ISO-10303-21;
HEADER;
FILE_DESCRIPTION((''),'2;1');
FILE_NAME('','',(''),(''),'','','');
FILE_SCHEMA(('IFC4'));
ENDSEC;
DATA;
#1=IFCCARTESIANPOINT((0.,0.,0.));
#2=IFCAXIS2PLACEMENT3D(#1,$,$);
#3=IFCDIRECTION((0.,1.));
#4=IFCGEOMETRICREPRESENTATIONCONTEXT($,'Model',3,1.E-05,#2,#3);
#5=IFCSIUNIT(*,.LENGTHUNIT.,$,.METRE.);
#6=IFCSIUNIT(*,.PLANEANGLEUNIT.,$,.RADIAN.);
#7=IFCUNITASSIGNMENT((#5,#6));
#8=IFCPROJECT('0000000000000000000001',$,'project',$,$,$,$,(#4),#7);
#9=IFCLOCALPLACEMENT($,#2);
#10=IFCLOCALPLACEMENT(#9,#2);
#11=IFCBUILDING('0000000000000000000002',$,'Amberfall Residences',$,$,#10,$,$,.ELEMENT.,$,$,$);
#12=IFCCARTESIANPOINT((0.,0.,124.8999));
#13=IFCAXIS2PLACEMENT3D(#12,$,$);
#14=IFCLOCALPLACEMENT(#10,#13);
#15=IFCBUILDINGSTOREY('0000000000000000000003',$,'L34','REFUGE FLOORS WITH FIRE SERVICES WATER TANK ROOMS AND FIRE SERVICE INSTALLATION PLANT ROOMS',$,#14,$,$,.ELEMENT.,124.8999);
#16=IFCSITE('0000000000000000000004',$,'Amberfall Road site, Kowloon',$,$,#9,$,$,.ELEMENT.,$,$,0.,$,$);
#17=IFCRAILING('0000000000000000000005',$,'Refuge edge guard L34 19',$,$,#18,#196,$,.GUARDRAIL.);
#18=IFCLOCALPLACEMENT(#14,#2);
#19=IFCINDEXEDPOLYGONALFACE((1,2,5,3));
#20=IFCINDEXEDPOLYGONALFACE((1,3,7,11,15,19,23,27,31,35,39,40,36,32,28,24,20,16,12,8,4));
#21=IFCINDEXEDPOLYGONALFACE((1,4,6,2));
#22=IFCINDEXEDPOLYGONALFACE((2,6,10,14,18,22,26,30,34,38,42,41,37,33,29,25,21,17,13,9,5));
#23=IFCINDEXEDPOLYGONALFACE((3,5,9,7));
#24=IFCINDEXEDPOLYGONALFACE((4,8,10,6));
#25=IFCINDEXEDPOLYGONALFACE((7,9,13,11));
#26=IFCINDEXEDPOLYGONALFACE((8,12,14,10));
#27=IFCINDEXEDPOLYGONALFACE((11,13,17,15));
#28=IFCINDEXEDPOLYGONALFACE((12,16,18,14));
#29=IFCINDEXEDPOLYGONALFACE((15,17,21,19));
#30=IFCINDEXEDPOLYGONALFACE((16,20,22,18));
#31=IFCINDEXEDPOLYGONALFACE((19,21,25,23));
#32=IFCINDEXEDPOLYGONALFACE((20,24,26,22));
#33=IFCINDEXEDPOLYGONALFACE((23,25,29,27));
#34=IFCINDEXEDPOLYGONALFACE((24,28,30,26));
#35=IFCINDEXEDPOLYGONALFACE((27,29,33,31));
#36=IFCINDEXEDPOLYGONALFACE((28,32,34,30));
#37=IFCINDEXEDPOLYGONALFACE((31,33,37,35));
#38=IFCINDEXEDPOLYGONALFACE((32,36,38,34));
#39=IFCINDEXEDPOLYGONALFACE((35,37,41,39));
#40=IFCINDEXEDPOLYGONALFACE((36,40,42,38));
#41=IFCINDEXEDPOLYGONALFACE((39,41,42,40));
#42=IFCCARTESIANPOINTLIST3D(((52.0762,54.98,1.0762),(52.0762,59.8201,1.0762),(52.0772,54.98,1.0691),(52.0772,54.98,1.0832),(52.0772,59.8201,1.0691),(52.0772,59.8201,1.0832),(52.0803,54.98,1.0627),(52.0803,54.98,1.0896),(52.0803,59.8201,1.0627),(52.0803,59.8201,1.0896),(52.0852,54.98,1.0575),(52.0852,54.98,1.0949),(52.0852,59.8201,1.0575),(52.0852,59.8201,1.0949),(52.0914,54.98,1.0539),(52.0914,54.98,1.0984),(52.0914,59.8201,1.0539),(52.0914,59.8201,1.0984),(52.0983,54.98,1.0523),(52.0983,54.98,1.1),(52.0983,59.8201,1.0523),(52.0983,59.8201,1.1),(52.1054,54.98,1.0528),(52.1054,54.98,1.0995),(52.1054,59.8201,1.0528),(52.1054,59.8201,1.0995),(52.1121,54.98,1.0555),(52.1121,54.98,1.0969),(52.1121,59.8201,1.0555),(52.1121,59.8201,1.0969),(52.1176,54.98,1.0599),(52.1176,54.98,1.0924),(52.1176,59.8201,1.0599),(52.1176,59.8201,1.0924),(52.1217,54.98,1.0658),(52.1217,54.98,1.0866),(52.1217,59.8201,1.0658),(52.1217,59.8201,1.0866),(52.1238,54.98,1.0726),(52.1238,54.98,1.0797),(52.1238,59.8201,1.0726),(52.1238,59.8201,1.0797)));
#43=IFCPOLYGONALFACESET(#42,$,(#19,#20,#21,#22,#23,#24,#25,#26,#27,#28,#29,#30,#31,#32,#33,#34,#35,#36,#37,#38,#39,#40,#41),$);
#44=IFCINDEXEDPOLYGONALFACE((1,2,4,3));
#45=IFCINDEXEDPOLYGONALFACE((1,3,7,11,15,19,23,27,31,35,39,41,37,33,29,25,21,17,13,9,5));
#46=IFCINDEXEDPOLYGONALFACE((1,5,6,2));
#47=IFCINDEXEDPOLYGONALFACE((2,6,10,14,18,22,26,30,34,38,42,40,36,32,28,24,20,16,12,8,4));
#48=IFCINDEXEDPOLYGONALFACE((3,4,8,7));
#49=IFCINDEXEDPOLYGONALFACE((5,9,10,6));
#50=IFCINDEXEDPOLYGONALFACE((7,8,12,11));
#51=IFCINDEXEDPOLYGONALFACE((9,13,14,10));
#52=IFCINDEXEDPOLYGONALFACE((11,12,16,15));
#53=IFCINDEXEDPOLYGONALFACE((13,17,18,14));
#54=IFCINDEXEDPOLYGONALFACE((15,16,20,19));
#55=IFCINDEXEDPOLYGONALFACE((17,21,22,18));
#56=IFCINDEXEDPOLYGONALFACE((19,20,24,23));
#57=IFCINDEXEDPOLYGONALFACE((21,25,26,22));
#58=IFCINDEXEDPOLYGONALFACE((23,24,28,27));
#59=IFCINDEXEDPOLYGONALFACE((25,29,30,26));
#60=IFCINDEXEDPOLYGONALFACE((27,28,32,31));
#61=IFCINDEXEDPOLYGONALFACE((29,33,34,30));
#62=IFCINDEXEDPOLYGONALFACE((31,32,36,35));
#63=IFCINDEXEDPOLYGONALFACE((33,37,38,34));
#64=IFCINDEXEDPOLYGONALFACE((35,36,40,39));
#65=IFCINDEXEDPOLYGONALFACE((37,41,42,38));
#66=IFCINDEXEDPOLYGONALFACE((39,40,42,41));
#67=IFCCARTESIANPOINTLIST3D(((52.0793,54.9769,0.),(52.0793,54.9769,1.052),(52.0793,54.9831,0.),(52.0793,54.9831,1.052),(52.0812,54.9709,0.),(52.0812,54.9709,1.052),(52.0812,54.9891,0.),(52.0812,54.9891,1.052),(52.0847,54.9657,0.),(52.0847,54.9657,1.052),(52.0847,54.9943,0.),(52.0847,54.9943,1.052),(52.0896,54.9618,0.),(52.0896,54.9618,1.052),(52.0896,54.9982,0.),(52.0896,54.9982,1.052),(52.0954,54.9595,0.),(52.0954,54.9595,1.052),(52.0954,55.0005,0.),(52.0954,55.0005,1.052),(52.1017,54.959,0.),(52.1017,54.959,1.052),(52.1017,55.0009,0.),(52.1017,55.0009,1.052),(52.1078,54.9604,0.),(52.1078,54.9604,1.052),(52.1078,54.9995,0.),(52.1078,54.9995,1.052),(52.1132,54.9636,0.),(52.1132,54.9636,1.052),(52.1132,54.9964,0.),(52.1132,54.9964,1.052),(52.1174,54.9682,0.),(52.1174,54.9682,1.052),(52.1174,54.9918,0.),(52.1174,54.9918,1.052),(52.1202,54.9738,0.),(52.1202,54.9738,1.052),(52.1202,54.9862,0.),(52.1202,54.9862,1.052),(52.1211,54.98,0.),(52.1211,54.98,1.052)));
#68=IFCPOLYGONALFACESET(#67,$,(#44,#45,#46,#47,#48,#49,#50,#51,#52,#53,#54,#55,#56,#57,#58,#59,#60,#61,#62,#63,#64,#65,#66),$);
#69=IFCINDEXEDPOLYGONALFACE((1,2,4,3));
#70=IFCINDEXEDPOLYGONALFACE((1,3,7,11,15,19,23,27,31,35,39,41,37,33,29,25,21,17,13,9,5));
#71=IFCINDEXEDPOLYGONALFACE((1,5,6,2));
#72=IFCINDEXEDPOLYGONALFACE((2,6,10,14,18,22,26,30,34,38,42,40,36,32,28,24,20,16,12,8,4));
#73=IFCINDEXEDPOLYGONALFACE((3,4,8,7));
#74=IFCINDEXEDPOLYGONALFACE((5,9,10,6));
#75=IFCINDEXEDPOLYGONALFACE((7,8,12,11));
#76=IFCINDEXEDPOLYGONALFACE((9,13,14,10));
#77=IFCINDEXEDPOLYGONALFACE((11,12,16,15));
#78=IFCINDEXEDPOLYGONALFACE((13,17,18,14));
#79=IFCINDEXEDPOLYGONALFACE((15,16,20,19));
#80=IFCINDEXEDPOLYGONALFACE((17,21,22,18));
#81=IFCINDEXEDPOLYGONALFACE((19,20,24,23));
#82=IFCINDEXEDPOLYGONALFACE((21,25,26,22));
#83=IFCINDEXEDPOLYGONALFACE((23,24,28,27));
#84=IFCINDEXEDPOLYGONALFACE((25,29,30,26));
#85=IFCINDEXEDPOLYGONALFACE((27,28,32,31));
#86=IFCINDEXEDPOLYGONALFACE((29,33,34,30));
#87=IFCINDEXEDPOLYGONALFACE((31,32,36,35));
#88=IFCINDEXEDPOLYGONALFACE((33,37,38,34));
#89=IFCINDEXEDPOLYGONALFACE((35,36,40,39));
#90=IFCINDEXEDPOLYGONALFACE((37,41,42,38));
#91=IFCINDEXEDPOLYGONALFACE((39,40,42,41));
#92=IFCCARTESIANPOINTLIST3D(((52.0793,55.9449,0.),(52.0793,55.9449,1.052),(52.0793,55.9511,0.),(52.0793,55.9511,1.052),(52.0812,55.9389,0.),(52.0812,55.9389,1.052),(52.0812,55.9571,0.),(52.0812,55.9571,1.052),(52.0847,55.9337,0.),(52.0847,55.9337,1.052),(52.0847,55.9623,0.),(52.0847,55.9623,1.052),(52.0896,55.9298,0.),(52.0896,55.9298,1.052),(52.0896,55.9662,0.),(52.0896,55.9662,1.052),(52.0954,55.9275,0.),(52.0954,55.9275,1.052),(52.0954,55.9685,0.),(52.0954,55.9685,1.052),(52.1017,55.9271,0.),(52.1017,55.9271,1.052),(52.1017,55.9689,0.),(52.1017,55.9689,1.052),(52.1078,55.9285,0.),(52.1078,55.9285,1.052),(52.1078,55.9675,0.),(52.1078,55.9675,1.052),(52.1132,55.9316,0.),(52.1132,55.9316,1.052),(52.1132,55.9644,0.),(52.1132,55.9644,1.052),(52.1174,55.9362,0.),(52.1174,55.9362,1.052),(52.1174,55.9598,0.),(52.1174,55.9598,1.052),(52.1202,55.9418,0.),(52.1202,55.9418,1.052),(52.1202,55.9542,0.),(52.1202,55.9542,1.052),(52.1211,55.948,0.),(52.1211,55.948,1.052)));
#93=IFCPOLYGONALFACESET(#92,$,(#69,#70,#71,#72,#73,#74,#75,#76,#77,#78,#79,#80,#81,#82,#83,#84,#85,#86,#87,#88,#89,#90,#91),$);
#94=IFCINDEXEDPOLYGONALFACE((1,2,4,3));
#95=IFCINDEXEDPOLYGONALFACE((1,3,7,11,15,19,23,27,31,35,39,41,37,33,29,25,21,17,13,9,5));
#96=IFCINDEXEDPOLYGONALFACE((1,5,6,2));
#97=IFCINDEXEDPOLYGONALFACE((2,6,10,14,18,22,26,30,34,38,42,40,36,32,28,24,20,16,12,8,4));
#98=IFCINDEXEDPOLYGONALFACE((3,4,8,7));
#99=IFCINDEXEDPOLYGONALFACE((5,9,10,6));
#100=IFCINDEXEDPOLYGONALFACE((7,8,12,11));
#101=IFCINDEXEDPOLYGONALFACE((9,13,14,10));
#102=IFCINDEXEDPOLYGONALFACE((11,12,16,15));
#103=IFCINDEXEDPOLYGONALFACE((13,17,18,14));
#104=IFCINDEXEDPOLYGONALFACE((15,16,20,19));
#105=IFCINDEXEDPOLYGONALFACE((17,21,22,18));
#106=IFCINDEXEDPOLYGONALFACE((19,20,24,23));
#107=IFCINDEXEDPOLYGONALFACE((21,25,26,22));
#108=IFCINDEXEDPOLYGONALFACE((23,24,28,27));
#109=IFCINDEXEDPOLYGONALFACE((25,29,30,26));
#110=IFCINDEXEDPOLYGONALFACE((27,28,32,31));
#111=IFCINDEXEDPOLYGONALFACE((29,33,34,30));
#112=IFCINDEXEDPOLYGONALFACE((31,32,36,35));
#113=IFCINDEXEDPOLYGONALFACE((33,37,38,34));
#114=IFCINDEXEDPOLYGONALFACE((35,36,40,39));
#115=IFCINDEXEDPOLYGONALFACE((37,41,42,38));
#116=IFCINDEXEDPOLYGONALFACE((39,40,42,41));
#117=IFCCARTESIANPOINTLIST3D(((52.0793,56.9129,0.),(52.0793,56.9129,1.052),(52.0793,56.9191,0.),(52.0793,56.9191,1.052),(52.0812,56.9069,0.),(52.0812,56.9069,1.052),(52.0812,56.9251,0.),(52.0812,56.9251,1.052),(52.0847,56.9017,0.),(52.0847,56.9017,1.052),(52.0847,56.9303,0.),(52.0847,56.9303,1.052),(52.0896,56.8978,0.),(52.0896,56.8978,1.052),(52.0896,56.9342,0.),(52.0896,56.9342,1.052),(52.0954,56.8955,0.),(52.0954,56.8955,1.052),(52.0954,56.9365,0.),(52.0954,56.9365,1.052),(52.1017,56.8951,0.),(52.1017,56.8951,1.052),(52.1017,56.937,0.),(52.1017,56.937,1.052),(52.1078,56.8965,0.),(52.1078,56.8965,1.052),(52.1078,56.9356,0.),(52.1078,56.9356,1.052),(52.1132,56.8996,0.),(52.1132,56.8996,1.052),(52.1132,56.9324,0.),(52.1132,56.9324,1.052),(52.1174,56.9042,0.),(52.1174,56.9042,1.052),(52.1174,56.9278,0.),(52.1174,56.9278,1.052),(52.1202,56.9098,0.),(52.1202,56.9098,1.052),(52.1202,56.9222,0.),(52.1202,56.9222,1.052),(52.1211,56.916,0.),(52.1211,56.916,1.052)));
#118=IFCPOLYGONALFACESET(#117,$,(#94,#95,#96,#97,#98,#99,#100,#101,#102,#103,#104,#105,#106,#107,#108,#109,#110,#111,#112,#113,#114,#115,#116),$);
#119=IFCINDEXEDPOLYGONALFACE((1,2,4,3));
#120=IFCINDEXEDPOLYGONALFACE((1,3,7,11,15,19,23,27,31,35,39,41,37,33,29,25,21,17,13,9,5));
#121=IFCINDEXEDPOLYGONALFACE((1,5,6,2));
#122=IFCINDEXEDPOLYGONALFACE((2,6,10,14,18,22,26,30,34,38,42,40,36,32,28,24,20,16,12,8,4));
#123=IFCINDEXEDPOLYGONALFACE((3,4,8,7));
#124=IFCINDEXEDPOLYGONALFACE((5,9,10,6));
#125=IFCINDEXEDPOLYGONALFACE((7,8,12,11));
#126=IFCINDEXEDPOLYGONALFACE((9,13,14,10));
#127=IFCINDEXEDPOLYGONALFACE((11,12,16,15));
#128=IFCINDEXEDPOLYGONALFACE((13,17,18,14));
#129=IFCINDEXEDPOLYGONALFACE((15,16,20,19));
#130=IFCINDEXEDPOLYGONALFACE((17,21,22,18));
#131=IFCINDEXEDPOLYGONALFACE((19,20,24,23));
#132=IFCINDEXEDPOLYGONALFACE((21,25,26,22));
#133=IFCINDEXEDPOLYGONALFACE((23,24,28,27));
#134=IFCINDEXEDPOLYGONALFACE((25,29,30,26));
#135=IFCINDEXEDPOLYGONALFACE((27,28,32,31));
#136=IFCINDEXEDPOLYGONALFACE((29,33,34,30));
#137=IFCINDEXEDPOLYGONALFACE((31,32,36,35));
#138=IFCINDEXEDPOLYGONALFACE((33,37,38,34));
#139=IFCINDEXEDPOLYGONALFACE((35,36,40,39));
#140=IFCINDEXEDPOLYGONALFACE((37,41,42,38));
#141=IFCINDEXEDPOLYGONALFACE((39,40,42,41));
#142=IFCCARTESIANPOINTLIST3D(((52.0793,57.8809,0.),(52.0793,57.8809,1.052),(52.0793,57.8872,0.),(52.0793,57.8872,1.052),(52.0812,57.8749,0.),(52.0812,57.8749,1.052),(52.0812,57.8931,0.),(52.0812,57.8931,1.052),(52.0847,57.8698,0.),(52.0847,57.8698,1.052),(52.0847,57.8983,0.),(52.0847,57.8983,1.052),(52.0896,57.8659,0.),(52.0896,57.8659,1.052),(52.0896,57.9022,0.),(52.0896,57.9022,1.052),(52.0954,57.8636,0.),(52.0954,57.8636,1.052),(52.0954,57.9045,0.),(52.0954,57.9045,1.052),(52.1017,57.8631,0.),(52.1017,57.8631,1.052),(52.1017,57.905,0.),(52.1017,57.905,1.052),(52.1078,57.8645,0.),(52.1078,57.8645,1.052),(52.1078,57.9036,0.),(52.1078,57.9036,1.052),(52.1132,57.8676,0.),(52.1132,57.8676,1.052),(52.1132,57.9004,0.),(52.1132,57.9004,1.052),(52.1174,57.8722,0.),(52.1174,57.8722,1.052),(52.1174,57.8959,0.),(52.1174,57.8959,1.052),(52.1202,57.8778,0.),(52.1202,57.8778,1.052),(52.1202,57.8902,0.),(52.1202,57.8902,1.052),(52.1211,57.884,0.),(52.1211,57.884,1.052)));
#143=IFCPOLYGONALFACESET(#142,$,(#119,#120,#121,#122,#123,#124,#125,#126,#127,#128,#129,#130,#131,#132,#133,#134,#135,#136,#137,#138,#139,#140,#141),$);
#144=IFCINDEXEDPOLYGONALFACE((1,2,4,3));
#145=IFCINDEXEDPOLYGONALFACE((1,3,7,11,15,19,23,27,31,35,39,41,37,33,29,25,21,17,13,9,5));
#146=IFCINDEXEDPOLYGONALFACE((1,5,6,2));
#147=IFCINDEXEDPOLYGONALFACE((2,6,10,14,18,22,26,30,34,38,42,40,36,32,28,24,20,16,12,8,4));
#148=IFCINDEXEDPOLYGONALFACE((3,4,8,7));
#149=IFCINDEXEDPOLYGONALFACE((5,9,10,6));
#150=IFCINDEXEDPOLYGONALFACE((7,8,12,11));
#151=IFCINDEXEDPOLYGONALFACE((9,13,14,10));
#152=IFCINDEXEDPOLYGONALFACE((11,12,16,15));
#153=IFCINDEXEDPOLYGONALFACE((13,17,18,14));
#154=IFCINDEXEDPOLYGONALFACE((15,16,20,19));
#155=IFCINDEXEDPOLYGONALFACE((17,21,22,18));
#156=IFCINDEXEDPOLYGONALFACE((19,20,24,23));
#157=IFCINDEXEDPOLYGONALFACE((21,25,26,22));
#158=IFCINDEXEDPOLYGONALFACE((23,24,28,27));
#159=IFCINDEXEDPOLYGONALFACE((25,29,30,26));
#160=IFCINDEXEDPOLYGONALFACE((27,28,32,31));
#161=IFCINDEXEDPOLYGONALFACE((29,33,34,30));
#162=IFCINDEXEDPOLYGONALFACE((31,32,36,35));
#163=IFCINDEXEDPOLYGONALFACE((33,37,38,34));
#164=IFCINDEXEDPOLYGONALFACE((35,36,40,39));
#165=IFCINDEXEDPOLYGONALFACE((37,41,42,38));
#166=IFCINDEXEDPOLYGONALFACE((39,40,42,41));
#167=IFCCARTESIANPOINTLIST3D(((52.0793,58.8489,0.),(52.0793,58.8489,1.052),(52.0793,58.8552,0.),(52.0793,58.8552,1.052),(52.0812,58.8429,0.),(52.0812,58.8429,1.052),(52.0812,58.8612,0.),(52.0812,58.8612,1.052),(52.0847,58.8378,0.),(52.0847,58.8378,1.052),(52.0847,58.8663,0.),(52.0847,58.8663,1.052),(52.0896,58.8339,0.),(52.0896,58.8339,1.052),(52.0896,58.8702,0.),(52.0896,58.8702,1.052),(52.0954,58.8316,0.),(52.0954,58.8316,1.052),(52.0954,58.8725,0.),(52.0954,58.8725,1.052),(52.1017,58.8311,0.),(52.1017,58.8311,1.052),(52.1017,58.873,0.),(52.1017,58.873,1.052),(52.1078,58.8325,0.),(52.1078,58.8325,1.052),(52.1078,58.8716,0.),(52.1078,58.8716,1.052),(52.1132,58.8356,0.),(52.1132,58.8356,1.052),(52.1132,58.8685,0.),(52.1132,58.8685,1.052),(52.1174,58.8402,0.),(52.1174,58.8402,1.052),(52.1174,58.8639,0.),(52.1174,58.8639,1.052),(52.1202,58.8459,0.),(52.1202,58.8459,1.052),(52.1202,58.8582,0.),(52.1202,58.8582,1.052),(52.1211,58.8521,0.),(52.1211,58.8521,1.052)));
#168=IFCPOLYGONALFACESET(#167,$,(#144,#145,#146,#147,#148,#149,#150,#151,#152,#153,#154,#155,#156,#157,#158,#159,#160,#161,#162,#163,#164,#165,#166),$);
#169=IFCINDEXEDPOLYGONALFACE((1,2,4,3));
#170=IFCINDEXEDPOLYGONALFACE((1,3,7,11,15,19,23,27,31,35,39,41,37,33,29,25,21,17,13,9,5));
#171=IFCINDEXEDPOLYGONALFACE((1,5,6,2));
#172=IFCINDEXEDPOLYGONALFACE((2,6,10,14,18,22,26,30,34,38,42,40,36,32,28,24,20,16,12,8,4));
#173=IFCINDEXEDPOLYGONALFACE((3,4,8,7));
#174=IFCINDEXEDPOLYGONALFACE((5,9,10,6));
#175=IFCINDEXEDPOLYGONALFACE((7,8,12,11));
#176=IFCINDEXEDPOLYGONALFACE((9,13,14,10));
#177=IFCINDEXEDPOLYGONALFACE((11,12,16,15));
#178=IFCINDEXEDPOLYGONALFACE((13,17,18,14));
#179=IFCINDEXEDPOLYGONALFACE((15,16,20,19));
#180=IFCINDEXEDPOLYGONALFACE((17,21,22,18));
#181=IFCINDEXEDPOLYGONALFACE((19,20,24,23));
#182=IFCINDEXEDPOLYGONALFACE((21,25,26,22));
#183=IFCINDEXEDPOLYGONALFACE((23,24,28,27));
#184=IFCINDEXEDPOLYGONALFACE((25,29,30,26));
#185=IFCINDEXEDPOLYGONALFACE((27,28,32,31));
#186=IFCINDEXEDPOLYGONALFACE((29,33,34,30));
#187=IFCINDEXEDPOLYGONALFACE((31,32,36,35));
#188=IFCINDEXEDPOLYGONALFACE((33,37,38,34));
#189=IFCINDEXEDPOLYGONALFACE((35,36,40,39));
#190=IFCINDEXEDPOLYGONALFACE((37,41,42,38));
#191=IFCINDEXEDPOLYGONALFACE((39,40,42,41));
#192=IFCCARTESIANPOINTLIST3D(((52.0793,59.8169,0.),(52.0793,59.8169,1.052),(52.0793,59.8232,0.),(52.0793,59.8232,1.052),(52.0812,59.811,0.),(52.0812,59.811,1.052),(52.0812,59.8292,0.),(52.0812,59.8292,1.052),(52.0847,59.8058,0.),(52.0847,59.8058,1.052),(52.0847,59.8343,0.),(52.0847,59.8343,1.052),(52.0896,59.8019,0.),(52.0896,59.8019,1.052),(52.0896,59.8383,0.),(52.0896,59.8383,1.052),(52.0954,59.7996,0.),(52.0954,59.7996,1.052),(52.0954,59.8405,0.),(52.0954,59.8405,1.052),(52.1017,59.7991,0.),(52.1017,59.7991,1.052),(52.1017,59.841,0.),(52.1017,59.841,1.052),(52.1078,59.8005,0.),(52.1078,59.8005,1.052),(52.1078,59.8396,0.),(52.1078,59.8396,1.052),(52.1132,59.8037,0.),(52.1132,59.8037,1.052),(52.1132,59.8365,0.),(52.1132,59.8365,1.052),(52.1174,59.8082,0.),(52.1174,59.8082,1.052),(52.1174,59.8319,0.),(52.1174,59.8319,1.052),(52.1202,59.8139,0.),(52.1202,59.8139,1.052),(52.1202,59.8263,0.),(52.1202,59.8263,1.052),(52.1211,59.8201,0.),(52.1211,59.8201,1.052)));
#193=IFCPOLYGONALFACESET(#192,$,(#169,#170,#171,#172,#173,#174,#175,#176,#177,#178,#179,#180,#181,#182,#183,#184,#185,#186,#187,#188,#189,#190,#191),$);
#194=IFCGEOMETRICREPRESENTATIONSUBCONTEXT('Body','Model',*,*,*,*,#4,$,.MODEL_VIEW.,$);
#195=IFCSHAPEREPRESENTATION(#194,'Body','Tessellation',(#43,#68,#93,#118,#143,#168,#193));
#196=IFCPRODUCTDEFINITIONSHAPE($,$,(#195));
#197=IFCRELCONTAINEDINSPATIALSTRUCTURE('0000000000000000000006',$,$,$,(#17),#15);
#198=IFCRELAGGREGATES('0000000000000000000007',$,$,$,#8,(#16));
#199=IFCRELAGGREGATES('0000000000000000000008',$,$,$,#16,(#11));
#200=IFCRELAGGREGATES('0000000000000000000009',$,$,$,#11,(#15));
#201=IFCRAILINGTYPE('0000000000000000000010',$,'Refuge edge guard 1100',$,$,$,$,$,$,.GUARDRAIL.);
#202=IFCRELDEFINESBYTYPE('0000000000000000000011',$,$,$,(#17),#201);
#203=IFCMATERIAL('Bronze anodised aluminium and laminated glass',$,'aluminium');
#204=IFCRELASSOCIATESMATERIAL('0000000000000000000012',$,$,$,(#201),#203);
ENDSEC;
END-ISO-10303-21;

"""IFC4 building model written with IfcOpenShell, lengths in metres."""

from ifc_helpers import new_model, si_unit, direction, frame, origin, origin_2d, place, context, subcontext, project, spatial, circle, extrude, material, type_object, element, save


model = new_model("IFC4")

# Units and contexts
model_context = context("Model", 3, precision=1e-05, world=origin(), true_north=direction((0.0, 1.0)))
body_context = subcontext(model_context, "Body", "Model", "MODEL_VIEW")
ifc_project = project(units=[si_unit("LENGTHUNIT", "METRE"), si_unit("PLANEANGLEUNIT", "RADIAN")], contexts=[model_context])

# Site, building, storey
site_placement = place(None, origin())
site = spatial("IfcSite", under=ifc_project, at=site_placement, Name="Amberfall Road site, Kowloon", CompositionType="ELEMENT", RefElevation=0.0)
building_placement = place(site_placement, origin())
building = spatial("IfcBuilding", under=site, at=building_placement, Name="Amberfall Residences", CompositionType="ELEMENT")
storey_placement = place(building_placement, frame((0.0, 0.0, 124.8999)))
storey = spatial("IfcBuildingStorey", under=building, at=storey_placement, Name="L34", Description="REFUGE FLOORS WITH FIRE SERVICES WATER TANK ROOMS AND FIRE SERVICE INSTALLATION PLANT ROOMS", CompositionType="ELEMENT", Elevation=124.8999)

# Railing
ifc_material_1 = material(Name="Bronze anodised aluminium and laminated glass", Category="aluminium")
railing_type = type_object("IfcRailingType", Name="Refuge edge guard 1100", PredefinedType="GUARDRAIL", material=ifc_material_1)
railing_1_placement = place(storey_placement, frame((52.1001, 54.98, 0.0)))
element("IfcRailing", 1, at=railing_1_placement, inside=storey, type_object=railing_type, Name="Refuge edge guard L34 19", PredefinedType="GUARDRAIL", context=body_context, shape_type="SweptSolid", body=[
    extrude(circle(Radius=0.0239, at=origin_2d()), frame((0.0, 0.0, 1.0762), z_axis=(0.0, 1.0, 0.0), x_axis=(-1.0, 0.0, 0.0)), (0.0, 0.0, 1.0), 4.8401),
    extrude(circle(Radius=0.021, at=origin_2d()), origin(), (0.0, 0.0, 1.0), 1.052),
    extrude(circle(Radius=0.021, at=origin_2d()), frame((0.0, 0.968, 0.0)), (0.0, 0.0, 1.0), 1.052),
    extrude(circle(Radius=0.021, at=origin_2d()), frame((0.0, 1.936, 0.0)), (0.0, 0.0, 1.0), 1.052),
    extrude(circle(Radius=0.021, at=origin_2d()), frame((0.0, 2.9041, 0.0)), (0.0, 0.0, 1.0), 1.052),
    extrude(circle(Radius=0.021, at=origin_2d()), frame((0.0, 3.8721, 0.0)), (0.0, 0.0, 1.0), 1.052),
    extrude(circle(Radius=0.021, at=origin_2d()), frame((0.0, 4.8401, 0.0)), (0.0, 0.0, 1.0), 1.052),
])

save(model, "model.ifc")
